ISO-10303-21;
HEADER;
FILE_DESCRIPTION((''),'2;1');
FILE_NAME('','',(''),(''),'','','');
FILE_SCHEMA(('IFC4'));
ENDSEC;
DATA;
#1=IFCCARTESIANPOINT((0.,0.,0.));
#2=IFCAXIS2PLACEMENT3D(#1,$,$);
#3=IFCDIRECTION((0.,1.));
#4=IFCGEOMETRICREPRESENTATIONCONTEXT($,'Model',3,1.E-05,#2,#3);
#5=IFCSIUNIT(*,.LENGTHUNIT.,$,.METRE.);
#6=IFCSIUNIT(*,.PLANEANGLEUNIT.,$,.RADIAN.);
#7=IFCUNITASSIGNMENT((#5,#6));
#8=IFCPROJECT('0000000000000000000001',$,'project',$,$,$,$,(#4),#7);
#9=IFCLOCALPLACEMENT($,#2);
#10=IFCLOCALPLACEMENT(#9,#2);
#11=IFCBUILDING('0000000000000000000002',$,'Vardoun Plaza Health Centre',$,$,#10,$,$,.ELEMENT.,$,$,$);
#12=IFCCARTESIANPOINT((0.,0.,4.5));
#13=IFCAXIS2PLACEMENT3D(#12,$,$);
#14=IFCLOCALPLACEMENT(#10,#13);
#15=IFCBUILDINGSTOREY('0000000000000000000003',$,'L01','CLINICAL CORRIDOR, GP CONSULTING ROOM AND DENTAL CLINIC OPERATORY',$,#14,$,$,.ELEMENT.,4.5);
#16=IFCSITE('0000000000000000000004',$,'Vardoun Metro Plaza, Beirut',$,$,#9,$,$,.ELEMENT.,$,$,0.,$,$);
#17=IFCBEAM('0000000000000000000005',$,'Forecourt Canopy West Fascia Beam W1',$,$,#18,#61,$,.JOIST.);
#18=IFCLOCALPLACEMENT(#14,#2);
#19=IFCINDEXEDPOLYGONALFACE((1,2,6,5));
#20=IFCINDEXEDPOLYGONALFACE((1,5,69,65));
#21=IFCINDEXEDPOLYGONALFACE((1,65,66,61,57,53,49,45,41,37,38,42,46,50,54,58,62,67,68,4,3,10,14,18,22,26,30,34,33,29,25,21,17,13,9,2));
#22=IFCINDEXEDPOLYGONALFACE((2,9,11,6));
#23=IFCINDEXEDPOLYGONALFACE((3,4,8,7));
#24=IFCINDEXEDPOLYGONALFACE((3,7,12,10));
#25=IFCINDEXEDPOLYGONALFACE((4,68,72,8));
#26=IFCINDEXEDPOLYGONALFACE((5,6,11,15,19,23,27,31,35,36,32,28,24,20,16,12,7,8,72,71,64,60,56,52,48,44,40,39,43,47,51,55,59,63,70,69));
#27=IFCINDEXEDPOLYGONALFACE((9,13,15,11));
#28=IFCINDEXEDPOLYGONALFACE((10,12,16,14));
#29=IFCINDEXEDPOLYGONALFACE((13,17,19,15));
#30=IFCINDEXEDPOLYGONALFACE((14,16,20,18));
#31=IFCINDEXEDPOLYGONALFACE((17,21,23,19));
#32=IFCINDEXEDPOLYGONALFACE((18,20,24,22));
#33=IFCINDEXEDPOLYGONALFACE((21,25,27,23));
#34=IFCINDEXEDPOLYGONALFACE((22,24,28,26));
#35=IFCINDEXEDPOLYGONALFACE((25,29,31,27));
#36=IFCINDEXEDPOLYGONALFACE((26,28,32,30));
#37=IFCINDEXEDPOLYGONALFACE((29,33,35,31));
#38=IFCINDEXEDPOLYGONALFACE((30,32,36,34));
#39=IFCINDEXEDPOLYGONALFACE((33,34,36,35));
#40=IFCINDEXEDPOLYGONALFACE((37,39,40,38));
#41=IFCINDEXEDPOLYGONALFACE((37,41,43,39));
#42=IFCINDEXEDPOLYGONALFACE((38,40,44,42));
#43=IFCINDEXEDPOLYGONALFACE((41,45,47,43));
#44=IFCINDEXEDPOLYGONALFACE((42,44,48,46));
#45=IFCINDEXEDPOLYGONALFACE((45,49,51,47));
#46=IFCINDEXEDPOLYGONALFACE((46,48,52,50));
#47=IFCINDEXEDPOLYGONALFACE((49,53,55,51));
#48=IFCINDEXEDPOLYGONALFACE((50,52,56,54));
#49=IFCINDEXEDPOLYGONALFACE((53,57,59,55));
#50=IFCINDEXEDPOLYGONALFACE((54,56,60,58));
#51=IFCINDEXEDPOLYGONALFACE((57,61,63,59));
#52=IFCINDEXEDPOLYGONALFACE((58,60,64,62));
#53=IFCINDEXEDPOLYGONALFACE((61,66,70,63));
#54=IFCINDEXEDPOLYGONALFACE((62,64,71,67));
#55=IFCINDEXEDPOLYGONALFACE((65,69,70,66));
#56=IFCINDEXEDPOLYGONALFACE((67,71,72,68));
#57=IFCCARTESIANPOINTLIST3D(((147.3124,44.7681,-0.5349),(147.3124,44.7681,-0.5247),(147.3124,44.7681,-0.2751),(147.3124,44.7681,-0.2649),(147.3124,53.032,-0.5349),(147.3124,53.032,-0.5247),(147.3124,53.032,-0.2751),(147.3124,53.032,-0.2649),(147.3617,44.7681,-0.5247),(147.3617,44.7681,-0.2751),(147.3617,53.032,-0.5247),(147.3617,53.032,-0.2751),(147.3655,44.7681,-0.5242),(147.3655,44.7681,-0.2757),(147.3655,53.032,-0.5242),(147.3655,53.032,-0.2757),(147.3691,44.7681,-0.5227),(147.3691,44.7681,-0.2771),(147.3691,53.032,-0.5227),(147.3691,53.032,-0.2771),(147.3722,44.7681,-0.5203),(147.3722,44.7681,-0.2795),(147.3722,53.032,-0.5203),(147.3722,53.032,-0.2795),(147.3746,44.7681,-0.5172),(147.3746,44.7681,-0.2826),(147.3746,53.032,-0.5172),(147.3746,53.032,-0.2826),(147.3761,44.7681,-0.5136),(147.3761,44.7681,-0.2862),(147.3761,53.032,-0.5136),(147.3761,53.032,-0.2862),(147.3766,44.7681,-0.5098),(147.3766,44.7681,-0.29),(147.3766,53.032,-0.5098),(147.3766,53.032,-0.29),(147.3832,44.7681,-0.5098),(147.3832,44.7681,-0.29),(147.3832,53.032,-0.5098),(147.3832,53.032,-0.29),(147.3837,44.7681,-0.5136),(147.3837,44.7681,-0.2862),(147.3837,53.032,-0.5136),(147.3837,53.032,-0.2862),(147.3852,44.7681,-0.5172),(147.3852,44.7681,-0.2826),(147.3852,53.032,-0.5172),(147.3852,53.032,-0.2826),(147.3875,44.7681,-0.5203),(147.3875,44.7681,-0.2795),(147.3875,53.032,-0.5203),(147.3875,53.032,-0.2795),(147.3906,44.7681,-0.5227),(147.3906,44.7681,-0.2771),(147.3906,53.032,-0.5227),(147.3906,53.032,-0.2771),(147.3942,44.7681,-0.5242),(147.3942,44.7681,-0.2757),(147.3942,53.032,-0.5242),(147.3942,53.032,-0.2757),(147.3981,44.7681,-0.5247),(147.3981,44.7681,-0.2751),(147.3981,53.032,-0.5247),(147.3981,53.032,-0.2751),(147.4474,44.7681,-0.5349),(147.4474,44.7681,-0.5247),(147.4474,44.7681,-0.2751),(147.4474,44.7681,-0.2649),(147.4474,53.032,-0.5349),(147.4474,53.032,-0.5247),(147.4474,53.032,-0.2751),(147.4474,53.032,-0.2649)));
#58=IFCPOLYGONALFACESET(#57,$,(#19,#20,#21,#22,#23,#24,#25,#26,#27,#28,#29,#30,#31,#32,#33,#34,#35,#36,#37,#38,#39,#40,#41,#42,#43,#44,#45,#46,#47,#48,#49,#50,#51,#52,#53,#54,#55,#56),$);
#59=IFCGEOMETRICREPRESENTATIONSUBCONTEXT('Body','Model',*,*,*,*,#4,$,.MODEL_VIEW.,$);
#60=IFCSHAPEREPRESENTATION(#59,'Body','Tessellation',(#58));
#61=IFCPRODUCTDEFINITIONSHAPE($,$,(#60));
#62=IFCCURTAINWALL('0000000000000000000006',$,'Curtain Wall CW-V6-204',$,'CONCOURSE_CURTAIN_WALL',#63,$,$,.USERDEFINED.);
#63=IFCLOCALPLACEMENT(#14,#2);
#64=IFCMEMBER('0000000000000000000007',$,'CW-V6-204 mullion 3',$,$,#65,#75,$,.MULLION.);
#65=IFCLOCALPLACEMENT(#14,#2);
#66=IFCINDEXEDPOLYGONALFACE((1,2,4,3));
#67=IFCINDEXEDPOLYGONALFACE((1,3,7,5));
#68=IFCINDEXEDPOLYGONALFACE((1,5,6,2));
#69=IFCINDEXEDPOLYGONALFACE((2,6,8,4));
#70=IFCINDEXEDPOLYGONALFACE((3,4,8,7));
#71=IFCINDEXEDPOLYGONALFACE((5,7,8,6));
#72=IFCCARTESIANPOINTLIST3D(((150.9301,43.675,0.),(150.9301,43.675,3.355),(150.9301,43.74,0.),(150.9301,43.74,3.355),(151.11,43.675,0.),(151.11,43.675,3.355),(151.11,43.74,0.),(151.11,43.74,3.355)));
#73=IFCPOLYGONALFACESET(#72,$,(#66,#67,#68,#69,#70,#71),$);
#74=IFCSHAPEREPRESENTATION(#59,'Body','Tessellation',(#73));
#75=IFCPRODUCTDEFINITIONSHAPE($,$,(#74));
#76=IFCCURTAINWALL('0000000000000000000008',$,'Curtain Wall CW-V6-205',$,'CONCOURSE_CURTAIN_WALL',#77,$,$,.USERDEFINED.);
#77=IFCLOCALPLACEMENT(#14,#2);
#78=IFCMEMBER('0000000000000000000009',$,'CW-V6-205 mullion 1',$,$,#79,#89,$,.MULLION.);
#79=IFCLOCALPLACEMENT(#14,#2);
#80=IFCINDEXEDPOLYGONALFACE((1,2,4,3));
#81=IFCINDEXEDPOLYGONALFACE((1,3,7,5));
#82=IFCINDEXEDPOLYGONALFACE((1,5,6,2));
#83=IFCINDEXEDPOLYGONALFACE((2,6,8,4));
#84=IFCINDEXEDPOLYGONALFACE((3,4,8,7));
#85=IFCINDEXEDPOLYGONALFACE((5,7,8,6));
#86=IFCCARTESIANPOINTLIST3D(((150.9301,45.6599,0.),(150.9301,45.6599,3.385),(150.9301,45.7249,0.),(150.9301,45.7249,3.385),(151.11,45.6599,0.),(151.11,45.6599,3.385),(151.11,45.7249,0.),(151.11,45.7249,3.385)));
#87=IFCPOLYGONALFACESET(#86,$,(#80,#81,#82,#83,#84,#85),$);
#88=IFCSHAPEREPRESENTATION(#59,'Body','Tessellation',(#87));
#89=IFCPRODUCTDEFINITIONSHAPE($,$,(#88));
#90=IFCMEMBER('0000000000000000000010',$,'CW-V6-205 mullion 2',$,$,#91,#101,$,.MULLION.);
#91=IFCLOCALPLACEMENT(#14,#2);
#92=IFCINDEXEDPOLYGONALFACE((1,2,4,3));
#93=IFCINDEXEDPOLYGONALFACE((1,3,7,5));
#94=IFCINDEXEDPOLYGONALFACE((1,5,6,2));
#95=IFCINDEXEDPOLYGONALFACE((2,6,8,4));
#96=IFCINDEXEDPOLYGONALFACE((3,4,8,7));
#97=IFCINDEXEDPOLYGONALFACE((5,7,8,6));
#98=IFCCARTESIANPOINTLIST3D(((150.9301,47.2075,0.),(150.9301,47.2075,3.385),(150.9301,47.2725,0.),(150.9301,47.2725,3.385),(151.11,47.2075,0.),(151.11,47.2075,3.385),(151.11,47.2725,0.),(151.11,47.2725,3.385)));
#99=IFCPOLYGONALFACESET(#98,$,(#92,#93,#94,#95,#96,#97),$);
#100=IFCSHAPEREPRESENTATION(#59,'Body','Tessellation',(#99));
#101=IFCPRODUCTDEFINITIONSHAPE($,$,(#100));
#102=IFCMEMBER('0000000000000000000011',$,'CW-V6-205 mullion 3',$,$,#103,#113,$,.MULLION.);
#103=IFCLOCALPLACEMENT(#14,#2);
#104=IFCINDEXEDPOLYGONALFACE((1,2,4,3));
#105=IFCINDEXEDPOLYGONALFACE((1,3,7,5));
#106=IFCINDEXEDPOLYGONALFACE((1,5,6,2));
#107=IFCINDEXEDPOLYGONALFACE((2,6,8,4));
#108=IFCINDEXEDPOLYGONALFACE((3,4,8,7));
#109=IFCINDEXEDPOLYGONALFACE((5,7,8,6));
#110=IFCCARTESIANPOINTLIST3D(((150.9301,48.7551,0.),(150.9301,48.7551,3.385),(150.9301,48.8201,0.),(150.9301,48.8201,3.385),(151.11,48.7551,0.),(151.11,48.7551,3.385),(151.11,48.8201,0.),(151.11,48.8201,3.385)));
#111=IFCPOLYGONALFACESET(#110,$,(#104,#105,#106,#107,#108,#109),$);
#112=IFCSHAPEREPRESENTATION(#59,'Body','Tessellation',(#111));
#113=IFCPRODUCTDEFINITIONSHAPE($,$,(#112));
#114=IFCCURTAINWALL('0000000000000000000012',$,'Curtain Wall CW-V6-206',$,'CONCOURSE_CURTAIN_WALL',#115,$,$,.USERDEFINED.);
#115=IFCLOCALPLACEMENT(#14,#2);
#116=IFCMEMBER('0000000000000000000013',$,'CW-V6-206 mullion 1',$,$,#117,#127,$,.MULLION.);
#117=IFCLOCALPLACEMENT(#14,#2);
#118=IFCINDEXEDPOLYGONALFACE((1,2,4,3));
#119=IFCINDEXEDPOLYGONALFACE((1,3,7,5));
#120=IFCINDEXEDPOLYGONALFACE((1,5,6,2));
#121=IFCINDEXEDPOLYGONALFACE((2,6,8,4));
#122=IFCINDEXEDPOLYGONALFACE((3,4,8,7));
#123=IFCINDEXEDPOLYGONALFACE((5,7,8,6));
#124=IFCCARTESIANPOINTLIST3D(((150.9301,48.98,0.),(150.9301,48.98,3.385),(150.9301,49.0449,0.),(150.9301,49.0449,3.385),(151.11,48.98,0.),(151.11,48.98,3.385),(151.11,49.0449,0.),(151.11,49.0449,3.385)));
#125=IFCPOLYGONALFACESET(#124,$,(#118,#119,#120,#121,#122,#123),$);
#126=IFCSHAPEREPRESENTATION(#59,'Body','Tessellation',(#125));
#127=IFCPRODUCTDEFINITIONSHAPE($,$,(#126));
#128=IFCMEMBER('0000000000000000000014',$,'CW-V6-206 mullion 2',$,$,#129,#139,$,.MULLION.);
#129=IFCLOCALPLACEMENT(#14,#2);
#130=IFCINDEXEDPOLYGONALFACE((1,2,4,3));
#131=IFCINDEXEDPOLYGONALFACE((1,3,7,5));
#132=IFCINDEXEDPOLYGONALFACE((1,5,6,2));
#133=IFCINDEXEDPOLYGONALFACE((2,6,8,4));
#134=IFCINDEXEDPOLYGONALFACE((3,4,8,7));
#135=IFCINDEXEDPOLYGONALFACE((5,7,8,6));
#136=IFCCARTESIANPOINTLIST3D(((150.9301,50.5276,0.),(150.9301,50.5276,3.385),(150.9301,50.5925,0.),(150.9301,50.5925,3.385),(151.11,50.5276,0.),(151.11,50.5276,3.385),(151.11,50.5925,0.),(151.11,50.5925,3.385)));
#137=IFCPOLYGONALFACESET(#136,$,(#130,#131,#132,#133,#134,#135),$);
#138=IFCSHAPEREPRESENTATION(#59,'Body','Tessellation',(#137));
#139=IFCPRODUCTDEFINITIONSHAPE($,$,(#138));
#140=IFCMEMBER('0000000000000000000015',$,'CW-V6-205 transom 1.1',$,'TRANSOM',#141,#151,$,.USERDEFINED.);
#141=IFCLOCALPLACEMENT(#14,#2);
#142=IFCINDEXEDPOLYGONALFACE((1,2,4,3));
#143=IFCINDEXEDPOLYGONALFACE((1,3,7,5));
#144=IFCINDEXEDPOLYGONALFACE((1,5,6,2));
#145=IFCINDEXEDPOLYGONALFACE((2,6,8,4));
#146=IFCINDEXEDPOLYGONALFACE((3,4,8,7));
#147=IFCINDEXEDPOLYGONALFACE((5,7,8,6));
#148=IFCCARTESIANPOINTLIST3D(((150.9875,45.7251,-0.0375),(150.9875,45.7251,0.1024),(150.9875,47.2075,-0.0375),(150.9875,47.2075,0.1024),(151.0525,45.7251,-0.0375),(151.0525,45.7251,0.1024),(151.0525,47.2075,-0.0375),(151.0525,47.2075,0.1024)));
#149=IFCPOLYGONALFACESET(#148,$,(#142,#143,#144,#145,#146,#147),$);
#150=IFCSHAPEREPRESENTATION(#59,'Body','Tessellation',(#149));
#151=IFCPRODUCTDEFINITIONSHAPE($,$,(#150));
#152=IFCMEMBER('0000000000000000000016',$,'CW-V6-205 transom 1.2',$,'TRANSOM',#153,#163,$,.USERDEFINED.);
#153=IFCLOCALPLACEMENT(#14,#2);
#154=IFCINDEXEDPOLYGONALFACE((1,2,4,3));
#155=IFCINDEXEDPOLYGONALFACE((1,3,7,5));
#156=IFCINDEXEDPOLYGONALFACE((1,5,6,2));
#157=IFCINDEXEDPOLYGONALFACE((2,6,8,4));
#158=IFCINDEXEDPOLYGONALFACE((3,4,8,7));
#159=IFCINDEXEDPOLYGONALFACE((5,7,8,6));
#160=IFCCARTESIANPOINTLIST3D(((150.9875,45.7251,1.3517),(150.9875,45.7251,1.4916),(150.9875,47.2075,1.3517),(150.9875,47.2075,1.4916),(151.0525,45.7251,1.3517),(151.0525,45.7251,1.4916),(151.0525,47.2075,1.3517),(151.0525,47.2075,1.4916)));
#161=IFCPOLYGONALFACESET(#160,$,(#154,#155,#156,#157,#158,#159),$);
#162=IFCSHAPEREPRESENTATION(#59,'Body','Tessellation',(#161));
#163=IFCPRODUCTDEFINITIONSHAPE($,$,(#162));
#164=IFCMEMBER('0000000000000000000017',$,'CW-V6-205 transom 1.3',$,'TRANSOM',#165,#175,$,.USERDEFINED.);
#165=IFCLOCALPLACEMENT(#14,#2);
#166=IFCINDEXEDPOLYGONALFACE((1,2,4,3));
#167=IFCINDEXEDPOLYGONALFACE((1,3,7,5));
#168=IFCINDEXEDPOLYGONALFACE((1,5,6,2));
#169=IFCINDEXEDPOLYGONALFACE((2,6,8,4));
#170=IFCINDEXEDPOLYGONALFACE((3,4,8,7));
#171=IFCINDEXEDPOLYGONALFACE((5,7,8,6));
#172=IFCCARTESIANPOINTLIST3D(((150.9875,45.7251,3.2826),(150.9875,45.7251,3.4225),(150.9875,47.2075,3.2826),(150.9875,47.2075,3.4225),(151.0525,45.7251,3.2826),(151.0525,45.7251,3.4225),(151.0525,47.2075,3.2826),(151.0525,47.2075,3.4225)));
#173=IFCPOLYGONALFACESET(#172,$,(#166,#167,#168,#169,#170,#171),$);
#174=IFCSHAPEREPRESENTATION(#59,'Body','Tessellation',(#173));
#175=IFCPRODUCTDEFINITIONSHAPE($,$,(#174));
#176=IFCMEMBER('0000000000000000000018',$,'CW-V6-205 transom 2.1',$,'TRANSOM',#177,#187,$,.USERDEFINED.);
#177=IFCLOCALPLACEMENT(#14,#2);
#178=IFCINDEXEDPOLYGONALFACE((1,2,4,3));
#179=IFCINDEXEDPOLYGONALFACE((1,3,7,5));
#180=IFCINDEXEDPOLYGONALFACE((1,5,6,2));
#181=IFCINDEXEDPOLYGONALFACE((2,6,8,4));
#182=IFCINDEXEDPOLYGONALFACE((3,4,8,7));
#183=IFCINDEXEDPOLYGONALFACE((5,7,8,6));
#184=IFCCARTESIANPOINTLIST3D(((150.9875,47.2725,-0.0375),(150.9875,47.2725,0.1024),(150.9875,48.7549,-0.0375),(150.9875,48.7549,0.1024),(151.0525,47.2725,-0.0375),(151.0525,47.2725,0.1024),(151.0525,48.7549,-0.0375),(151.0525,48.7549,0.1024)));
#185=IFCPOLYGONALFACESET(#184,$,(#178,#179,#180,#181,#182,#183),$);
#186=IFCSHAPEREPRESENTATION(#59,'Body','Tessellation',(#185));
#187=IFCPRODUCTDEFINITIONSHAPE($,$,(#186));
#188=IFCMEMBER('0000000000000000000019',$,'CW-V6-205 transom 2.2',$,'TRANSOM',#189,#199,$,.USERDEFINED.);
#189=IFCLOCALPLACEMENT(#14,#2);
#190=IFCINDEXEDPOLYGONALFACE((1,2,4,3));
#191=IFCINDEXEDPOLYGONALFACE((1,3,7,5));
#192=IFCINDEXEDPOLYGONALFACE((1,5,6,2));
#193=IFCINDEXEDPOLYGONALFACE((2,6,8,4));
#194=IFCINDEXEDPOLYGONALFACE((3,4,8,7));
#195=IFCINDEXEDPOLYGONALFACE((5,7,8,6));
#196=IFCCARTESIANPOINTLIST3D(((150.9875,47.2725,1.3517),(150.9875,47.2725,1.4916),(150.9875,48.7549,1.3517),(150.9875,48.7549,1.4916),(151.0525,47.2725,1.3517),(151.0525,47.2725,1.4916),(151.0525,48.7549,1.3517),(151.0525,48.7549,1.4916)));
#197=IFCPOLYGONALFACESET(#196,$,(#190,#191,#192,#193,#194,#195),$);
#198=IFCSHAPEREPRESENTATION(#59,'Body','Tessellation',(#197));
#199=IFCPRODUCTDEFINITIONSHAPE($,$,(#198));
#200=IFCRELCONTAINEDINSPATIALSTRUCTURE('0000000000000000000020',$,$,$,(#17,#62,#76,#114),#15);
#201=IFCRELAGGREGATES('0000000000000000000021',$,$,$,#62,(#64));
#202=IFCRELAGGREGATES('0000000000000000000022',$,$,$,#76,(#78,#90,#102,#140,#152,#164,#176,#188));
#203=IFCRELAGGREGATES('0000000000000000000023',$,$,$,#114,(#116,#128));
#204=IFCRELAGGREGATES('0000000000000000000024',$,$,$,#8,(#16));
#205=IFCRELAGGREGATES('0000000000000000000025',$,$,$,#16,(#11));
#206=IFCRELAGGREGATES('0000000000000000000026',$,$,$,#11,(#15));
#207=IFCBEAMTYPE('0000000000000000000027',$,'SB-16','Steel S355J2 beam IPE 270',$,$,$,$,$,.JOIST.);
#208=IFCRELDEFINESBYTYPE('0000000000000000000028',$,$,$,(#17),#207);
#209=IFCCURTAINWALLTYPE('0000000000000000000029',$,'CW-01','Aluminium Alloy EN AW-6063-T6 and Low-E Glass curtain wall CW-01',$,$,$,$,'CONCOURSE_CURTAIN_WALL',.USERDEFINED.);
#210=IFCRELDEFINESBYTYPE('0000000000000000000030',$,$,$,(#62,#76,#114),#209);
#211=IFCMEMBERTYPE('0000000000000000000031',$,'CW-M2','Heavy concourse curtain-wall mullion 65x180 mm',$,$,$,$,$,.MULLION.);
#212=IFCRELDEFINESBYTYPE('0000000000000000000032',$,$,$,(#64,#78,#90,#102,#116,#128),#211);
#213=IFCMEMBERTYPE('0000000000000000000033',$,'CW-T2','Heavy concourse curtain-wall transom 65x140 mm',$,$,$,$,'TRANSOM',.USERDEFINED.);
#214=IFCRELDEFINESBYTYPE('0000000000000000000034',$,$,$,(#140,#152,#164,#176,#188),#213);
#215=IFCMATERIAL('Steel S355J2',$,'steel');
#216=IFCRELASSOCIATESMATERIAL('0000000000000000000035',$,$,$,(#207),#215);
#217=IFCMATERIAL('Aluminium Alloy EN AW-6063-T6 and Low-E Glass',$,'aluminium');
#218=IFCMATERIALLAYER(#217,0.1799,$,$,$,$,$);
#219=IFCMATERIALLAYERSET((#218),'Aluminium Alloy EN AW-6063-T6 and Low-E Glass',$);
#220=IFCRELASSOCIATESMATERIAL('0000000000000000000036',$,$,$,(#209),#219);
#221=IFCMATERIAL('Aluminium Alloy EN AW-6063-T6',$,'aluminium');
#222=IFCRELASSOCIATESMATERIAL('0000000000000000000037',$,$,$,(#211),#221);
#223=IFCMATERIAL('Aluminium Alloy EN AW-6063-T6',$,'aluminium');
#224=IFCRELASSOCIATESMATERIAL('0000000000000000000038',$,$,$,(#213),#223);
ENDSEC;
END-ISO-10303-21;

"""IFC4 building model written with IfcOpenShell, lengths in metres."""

from ifc_helpers import new_model, si_unit, direction, frame, origin, origin_2d, place, context, subcontext, project, spatial, rectangle, i_section, extrude, material, layer, layer_set, material_profile, profile_set, type_object, element, aggregate, save


model = new_model("IFC4")

# Units and contexts
model_context = context("Model", 3, precision=1e-05, world=origin(), true_north=direction((0.0, 1.0)))
body_context = subcontext(model_context, "Body", "Model", "MODEL_VIEW")
ifc_project = project(units=[si_unit("LENGTHUNIT", "METRE"), si_unit("PLANEANGLEUNIT", "RADIAN")], contexts=[model_context])

# Site, building, storey
site_placement = place(None, origin())
site = spatial("IfcSite", under=ifc_project, at=site_placement, Name="Vardoun Metro Plaza, Beirut", CompositionType="ELEMENT", RefElevation=0.0)
building_placement = place(site_placement, origin())
building = spatial("IfcBuilding", under=site, at=building_placement, Name="Vardoun Plaza Health Centre", CompositionType="ELEMENT")
storey_placement = place(building_placement, frame((0.0, 0.0, 4.5)))
storey = spatial("IfcBuildingStorey", under=building, at=storey_placement, Name="L01", Description="CLINICAL CORRIDOR, GP CONSULTING ROOM AND DENTAL CLINIC OPERATORY", CompositionType="ELEMENT", Elevation=4.5)

# Beam
ifc_material_1 = material(Name="Steel S355J2", Category="steel")
ifc_material_profile_1 = material_profile(ifc_material_1, i_section(OverallWidth=0.135, OverallDepth=0.27, WebThickness=0.0066, FlangeThickness=0.0103, FilletRadius=0.0149, at=origin_2d()), Name="IPE 270")
ifc_profile_set_1 = profile_set([ifc_material_profile_1], Name="Steel S355J2")
beam_type = type_object("IfcBeamType", Name="SB-16", Description="Steel S355J2 beam IPE 270", PredefinedType="JOIST", material=ifc_profile_set_1)
beam_placement = place(storey_placement, frame((147.3799, 44.7681, -0.3999), z_axis=(0.0, 1.0, 0.0), x_axis=(-1.0, 0.0, 0.0)))
element("IfcBeam", 1, at=beam_placement, inside=storey, type_object=beam_type, Name="Forecourt Canopy West Fascia Beam W1", PredefinedType="JOIST", context=body_context, shape_type="SweptSolid", body=[
    extrude(i_section(OverallWidth=0.135, OverallDepth=0.27, WebThickness=0.0066, FlangeThickness=0.0103, FilletRadius=0.0149, at=origin_2d()), origin(), (0.0, 0.0, 1.0), 8.2639),
])

# Curtain wall, member
ifc_material_2 = material(Name="Aluminium Alloy EN AW-6063-T6 and Low-E Glass", Category="aluminium")
ifc_layer_1 = layer(ifc_material_2, 0.1799)
ifc_layer_set_1 = layer_set([ifc_layer_1], Name="Aluminium Alloy EN AW-6063-T6 and Low-E Glass")
curtain_wall_type = type_object("IfcCurtainWallType", Name="CW-01", Description="Aluminium Alloy EN AW-6063-T6 and Low-E Glass curtain wall CW-01", ElementType="CONCOURSE_CURTAIN_WALL", PredefinedType="USERDEFINED", material=ifc_layer_set_1)
curtain_wall_1_placement = place(storey_placement, origin())
curtain_wall_1 = element("IfcCurtainWall", 2, at=curtain_wall_1_placement, inside=storey, type_object=curtain_wall_type, Name="Curtain Wall CW-V6-204", ObjectType="CONCOURSE_CURTAIN_WALL", PredefinedType="USERDEFINED")
ifc_material_3 = material(Name="Aluminium Alloy EN AW-6063-T6", Category="aluminium")
ifc_material_profile_2 = material_profile(ifc_material_3, rectangle(XDim=0.1799, YDim=0.0649, at=origin_2d()), Name="CWM 65x180")
ifc_profile_set_2 = profile_set([ifc_material_profile_2], Name="Aluminium Alloy EN AW-6063-T6")
member_type_1 = type_object("IfcMemberType", Name="CW-M2", Description="Heavy concourse curtain-wall mullion 65x180 mm", PredefinedType="MULLION", material=ifc_profile_set_2)
member_1_placement = place(storey_placement, frame((151.02, 43.7075, 0.0), z_axis=(0.0, 0.0, 1.0), x_axis=(-1.0, 0.0, 0.0)))
member_1 = element("IfcMember", 3, at=member_1_placement, type_object=member_type_1, Name="CW-V6-204 mullion 3", PredefinedType="MULLION", context=body_context, shape_type="SweptSolid", body=[
    extrude(rectangle(XDim=0.1799, YDim=0.0649, at=origin_2d()), origin(), (0.0, 0.0, 1.0), 3.355),
])
aggregate(curtain_wall_1, [member_1])

# Curtain walls, members
curtain_wall_2_placement = place(storey_placement, origin())
curtain_wall_2 = element("IfcCurtainWall", 4, at=curtain_wall_2_placement, inside=storey, type_object=curtain_wall_type, Name="Curtain Wall CW-V6-205", ObjectType="CONCOURSE_CURTAIN_WALL", PredefinedType="USERDEFINED")
member_2_placement = place(storey_placement, frame((151.02, 45.6924, 0.0), z_axis=(0.0, 0.0, 1.0), x_axis=(-1.0, 0.0, 0.0)))
member_2 = element("IfcMember", 5, at=member_2_placement, type_object=member_type_1, Name="CW-V6-205 mullion 1", PredefinedType="MULLION", context=body_context, shape_type="SweptSolid", body=[
    extrude(rectangle(XDim=0.1799, YDim=0.0649, at=origin_2d()), origin(), (0.0, 0.0, 1.0), 3.385),
])
member_3_placement = place(storey_placement, frame((151.02, 47.24, 0.0), z_axis=(0.0, 0.0, 1.0), x_axis=(-1.0, 0.0, 0.0)))
member_3 = element("IfcMember", 6, at=member_3_placement, type_object=member_type_1, Name="CW-V6-205 mullion 2", PredefinedType="MULLION", context=body_context, shape_type="SweptSolid", body=[
    extrude(rectangle(XDim=0.1799, YDim=0.0649, at=origin_2d()), origin(), (0.0, 0.0, 1.0), 3.385),
])
member_4_placement = place(storey_placement, frame((151.02, 48.7876, 0.0), z_axis=(0.0, 0.0, 1.0), x_axis=(-1.0, 0.0, 0.0)))
member_4 = element("IfcMember", 7, at=member_4_placement, type_object=member_type_1, Name="CW-V6-205 mullion 3", PredefinedType="MULLION", context=body_context, shape_type="SweptSolid", body=[
    extrude(rectangle(XDim=0.1799, YDim=0.0649, at=origin_2d()), origin(), (0.0, 0.0, 1.0), 3.385),
])
curtain_wall_3_placement = place(storey_placement, origin())
curtain_wall_3 = element("IfcCurtainWall", 8, at=curtain_wall_3_placement, inside=storey, type_object=curtain_wall_type, Name="Curtain Wall CW-V6-206", ObjectType="CONCOURSE_CURTAIN_WALL", PredefinedType="USERDEFINED")
member_5_placement = place(storey_placement, frame((151.02, 49.0125, 0.0), z_axis=(0.0, 0.0, 1.0), x_axis=(-1.0, 0.0, 0.0)))
member_5 = element("IfcMember", 9, at=member_5_placement, type_object=member_type_1, Name="CW-V6-206 mullion 1", PredefinedType="MULLION", context=body_context, shape_type="SweptSolid", body=[
    extrude(rectangle(XDim=0.1799, YDim=0.0649, at=origin_2d()), origin(), (0.0, 0.0, 1.0), 3.385),
])
member_6_placement = place(storey_placement, frame((151.02, 50.5601, 0.0), z_axis=(0.0, 0.0, 1.0), x_axis=(-1.0, 0.0, 0.0)))
member_6 = element("IfcMember", 10, at=member_6_placement, type_object=member_type_1, Name="CW-V6-206 mullion 2", PredefinedType="MULLION", context=body_context, shape_type="SweptSolid", body=[
    extrude(rectangle(XDim=0.1799, YDim=0.0649, at=origin_2d()), origin(), (0.0, 0.0, 1.0), 3.385),
])

# Members
ifc_material_4 = material(Name="Aluminium Alloy EN AW-6063-T6", Category="aluminium")
ifc_material_profile_3 = material_profile(ifc_material_4, rectangle(XDim=0.0649, YDim=0.1399, at=origin_2d()), Name="CWT 65x140")
ifc_profile_set_3 = profile_set([ifc_material_profile_3], Name="Aluminium Alloy EN AW-6063-T6")
member_type_2 = type_object("IfcMemberType", Name="CW-T2", Description="Heavy concourse curtain-wall transom 65x140 mm", ElementType="TRANSOM", PredefinedType="USERDEFINED", material=ifc_profile_set_3)
member_7_placement = place(storey_placement, frame((151.02, 45.7251, 0.0325), z_axis=(0.0, 1.0, 0.0), x_axis=(-1.0, 0.0, 0.0)))
member_7 = element("IfcMember", 11, at=member_7_placement, type_object=member_type_2, Name="CW-V6-205 transom 1.1", ObjectType="TRANSOM", PredefinedType="USERDEFINED", context=body_context, shape_type="SweptSolid", body=[
    extrude(rectangle(XDim=0.0649, YDim=0.1399, at=origin_2d()), origin(), (0.0, 0.0, 1.0), 1.4824),
])
member_8_placement = place(storey_placement, frame((151.02, 45.7251, 1.4216), z_axis=(0.0, 1.0, 0.0), x_axis=(-1.0, 0.0, 0.0)))
member_8 = element("IfcMember", 12, at=member_8_placement, type_object=member_type_2, Name="CW-V6-205 transom 1.2", ObjectType="TRANSOM", PredefinedType="USERDEFINED", context=body_context, shape_type="SweptSolid", body=[
    extrude(rectangle(XDim=0.0649, YDim=0.1399, at=origin_2d()), origin(), (0.0, 0.0, 1.0), 1.4824),
])
member_9_placement = place(storey_placement, frame((151.02, 45.7251, 3.3525), z_axis=(0.0, 1.0, 0.0), x_axis=(-1.0, 0.0, 0.0)))
member_9 = element("IfcMember", 13, at=member_9_placement, type_object=member_type_2, Name="CW-V6-205 transom 1.3", ObjectType="TRANSOM", PredefinedType="USERDEFINED", context=body_context, shape_type="SweptSolid", body=[
    extrude(rectangle(XDim=0.0649, YDim=0.1399, at=origin_2d()), origin(), (0.0, 0.0, 1.0), 1.4824),
])
member_10_placement = place(storey_placement, frame((151.02, 47.2725, 0.0325), z_axis=(0.0, 1.0, 0.0), x_axis=(-1.0, 0.0, 0.0)))
member_10 = element("IfcMember", 14, at=member_10_placement, type_object=member_type_2, Name="CW-V6-205 transom 2.1", ObjectType="TRANSOM", PredefinedType="USERDEFINED", context=body_context, shape_type="SweptSolid", body=[
    extrude(rectangle(XDim=0.0649, YDim=0.1399, at=origin_2d()), origin(), (0.0, 0.0, 1.0), 1.4824),
])
member_11_placement = place(storey_placement, frame((151.02, 47.2725, 1.4216), z_axis=(0.0, 1.0, 0.0), x_axis=(-1.0, 0.0, 0.0)))
member_11 = element("IfcMember", 15, at=member_11_placement, type_object=member_type_2, Name="CW-V6-205 transom 2.2", ObjectType="TRANSOM", PredefinedType="USERDEFINED", context=body_context, shape_type="SweptSolid", body=[
    extrude(rectangle(XDim=0.0649, YDim=0.1399, at=origin_2d()), origin(), (0.0, 0.0, 1.0), 1.4824),
])

aggregate(curtain_wall_2, [member_2, member_3, member_4, member_7, member_8, member_9, member_10, member_11])
aggregate(curtain_wall_3, [member_5, member_6])

save(model, "model.ifc")
